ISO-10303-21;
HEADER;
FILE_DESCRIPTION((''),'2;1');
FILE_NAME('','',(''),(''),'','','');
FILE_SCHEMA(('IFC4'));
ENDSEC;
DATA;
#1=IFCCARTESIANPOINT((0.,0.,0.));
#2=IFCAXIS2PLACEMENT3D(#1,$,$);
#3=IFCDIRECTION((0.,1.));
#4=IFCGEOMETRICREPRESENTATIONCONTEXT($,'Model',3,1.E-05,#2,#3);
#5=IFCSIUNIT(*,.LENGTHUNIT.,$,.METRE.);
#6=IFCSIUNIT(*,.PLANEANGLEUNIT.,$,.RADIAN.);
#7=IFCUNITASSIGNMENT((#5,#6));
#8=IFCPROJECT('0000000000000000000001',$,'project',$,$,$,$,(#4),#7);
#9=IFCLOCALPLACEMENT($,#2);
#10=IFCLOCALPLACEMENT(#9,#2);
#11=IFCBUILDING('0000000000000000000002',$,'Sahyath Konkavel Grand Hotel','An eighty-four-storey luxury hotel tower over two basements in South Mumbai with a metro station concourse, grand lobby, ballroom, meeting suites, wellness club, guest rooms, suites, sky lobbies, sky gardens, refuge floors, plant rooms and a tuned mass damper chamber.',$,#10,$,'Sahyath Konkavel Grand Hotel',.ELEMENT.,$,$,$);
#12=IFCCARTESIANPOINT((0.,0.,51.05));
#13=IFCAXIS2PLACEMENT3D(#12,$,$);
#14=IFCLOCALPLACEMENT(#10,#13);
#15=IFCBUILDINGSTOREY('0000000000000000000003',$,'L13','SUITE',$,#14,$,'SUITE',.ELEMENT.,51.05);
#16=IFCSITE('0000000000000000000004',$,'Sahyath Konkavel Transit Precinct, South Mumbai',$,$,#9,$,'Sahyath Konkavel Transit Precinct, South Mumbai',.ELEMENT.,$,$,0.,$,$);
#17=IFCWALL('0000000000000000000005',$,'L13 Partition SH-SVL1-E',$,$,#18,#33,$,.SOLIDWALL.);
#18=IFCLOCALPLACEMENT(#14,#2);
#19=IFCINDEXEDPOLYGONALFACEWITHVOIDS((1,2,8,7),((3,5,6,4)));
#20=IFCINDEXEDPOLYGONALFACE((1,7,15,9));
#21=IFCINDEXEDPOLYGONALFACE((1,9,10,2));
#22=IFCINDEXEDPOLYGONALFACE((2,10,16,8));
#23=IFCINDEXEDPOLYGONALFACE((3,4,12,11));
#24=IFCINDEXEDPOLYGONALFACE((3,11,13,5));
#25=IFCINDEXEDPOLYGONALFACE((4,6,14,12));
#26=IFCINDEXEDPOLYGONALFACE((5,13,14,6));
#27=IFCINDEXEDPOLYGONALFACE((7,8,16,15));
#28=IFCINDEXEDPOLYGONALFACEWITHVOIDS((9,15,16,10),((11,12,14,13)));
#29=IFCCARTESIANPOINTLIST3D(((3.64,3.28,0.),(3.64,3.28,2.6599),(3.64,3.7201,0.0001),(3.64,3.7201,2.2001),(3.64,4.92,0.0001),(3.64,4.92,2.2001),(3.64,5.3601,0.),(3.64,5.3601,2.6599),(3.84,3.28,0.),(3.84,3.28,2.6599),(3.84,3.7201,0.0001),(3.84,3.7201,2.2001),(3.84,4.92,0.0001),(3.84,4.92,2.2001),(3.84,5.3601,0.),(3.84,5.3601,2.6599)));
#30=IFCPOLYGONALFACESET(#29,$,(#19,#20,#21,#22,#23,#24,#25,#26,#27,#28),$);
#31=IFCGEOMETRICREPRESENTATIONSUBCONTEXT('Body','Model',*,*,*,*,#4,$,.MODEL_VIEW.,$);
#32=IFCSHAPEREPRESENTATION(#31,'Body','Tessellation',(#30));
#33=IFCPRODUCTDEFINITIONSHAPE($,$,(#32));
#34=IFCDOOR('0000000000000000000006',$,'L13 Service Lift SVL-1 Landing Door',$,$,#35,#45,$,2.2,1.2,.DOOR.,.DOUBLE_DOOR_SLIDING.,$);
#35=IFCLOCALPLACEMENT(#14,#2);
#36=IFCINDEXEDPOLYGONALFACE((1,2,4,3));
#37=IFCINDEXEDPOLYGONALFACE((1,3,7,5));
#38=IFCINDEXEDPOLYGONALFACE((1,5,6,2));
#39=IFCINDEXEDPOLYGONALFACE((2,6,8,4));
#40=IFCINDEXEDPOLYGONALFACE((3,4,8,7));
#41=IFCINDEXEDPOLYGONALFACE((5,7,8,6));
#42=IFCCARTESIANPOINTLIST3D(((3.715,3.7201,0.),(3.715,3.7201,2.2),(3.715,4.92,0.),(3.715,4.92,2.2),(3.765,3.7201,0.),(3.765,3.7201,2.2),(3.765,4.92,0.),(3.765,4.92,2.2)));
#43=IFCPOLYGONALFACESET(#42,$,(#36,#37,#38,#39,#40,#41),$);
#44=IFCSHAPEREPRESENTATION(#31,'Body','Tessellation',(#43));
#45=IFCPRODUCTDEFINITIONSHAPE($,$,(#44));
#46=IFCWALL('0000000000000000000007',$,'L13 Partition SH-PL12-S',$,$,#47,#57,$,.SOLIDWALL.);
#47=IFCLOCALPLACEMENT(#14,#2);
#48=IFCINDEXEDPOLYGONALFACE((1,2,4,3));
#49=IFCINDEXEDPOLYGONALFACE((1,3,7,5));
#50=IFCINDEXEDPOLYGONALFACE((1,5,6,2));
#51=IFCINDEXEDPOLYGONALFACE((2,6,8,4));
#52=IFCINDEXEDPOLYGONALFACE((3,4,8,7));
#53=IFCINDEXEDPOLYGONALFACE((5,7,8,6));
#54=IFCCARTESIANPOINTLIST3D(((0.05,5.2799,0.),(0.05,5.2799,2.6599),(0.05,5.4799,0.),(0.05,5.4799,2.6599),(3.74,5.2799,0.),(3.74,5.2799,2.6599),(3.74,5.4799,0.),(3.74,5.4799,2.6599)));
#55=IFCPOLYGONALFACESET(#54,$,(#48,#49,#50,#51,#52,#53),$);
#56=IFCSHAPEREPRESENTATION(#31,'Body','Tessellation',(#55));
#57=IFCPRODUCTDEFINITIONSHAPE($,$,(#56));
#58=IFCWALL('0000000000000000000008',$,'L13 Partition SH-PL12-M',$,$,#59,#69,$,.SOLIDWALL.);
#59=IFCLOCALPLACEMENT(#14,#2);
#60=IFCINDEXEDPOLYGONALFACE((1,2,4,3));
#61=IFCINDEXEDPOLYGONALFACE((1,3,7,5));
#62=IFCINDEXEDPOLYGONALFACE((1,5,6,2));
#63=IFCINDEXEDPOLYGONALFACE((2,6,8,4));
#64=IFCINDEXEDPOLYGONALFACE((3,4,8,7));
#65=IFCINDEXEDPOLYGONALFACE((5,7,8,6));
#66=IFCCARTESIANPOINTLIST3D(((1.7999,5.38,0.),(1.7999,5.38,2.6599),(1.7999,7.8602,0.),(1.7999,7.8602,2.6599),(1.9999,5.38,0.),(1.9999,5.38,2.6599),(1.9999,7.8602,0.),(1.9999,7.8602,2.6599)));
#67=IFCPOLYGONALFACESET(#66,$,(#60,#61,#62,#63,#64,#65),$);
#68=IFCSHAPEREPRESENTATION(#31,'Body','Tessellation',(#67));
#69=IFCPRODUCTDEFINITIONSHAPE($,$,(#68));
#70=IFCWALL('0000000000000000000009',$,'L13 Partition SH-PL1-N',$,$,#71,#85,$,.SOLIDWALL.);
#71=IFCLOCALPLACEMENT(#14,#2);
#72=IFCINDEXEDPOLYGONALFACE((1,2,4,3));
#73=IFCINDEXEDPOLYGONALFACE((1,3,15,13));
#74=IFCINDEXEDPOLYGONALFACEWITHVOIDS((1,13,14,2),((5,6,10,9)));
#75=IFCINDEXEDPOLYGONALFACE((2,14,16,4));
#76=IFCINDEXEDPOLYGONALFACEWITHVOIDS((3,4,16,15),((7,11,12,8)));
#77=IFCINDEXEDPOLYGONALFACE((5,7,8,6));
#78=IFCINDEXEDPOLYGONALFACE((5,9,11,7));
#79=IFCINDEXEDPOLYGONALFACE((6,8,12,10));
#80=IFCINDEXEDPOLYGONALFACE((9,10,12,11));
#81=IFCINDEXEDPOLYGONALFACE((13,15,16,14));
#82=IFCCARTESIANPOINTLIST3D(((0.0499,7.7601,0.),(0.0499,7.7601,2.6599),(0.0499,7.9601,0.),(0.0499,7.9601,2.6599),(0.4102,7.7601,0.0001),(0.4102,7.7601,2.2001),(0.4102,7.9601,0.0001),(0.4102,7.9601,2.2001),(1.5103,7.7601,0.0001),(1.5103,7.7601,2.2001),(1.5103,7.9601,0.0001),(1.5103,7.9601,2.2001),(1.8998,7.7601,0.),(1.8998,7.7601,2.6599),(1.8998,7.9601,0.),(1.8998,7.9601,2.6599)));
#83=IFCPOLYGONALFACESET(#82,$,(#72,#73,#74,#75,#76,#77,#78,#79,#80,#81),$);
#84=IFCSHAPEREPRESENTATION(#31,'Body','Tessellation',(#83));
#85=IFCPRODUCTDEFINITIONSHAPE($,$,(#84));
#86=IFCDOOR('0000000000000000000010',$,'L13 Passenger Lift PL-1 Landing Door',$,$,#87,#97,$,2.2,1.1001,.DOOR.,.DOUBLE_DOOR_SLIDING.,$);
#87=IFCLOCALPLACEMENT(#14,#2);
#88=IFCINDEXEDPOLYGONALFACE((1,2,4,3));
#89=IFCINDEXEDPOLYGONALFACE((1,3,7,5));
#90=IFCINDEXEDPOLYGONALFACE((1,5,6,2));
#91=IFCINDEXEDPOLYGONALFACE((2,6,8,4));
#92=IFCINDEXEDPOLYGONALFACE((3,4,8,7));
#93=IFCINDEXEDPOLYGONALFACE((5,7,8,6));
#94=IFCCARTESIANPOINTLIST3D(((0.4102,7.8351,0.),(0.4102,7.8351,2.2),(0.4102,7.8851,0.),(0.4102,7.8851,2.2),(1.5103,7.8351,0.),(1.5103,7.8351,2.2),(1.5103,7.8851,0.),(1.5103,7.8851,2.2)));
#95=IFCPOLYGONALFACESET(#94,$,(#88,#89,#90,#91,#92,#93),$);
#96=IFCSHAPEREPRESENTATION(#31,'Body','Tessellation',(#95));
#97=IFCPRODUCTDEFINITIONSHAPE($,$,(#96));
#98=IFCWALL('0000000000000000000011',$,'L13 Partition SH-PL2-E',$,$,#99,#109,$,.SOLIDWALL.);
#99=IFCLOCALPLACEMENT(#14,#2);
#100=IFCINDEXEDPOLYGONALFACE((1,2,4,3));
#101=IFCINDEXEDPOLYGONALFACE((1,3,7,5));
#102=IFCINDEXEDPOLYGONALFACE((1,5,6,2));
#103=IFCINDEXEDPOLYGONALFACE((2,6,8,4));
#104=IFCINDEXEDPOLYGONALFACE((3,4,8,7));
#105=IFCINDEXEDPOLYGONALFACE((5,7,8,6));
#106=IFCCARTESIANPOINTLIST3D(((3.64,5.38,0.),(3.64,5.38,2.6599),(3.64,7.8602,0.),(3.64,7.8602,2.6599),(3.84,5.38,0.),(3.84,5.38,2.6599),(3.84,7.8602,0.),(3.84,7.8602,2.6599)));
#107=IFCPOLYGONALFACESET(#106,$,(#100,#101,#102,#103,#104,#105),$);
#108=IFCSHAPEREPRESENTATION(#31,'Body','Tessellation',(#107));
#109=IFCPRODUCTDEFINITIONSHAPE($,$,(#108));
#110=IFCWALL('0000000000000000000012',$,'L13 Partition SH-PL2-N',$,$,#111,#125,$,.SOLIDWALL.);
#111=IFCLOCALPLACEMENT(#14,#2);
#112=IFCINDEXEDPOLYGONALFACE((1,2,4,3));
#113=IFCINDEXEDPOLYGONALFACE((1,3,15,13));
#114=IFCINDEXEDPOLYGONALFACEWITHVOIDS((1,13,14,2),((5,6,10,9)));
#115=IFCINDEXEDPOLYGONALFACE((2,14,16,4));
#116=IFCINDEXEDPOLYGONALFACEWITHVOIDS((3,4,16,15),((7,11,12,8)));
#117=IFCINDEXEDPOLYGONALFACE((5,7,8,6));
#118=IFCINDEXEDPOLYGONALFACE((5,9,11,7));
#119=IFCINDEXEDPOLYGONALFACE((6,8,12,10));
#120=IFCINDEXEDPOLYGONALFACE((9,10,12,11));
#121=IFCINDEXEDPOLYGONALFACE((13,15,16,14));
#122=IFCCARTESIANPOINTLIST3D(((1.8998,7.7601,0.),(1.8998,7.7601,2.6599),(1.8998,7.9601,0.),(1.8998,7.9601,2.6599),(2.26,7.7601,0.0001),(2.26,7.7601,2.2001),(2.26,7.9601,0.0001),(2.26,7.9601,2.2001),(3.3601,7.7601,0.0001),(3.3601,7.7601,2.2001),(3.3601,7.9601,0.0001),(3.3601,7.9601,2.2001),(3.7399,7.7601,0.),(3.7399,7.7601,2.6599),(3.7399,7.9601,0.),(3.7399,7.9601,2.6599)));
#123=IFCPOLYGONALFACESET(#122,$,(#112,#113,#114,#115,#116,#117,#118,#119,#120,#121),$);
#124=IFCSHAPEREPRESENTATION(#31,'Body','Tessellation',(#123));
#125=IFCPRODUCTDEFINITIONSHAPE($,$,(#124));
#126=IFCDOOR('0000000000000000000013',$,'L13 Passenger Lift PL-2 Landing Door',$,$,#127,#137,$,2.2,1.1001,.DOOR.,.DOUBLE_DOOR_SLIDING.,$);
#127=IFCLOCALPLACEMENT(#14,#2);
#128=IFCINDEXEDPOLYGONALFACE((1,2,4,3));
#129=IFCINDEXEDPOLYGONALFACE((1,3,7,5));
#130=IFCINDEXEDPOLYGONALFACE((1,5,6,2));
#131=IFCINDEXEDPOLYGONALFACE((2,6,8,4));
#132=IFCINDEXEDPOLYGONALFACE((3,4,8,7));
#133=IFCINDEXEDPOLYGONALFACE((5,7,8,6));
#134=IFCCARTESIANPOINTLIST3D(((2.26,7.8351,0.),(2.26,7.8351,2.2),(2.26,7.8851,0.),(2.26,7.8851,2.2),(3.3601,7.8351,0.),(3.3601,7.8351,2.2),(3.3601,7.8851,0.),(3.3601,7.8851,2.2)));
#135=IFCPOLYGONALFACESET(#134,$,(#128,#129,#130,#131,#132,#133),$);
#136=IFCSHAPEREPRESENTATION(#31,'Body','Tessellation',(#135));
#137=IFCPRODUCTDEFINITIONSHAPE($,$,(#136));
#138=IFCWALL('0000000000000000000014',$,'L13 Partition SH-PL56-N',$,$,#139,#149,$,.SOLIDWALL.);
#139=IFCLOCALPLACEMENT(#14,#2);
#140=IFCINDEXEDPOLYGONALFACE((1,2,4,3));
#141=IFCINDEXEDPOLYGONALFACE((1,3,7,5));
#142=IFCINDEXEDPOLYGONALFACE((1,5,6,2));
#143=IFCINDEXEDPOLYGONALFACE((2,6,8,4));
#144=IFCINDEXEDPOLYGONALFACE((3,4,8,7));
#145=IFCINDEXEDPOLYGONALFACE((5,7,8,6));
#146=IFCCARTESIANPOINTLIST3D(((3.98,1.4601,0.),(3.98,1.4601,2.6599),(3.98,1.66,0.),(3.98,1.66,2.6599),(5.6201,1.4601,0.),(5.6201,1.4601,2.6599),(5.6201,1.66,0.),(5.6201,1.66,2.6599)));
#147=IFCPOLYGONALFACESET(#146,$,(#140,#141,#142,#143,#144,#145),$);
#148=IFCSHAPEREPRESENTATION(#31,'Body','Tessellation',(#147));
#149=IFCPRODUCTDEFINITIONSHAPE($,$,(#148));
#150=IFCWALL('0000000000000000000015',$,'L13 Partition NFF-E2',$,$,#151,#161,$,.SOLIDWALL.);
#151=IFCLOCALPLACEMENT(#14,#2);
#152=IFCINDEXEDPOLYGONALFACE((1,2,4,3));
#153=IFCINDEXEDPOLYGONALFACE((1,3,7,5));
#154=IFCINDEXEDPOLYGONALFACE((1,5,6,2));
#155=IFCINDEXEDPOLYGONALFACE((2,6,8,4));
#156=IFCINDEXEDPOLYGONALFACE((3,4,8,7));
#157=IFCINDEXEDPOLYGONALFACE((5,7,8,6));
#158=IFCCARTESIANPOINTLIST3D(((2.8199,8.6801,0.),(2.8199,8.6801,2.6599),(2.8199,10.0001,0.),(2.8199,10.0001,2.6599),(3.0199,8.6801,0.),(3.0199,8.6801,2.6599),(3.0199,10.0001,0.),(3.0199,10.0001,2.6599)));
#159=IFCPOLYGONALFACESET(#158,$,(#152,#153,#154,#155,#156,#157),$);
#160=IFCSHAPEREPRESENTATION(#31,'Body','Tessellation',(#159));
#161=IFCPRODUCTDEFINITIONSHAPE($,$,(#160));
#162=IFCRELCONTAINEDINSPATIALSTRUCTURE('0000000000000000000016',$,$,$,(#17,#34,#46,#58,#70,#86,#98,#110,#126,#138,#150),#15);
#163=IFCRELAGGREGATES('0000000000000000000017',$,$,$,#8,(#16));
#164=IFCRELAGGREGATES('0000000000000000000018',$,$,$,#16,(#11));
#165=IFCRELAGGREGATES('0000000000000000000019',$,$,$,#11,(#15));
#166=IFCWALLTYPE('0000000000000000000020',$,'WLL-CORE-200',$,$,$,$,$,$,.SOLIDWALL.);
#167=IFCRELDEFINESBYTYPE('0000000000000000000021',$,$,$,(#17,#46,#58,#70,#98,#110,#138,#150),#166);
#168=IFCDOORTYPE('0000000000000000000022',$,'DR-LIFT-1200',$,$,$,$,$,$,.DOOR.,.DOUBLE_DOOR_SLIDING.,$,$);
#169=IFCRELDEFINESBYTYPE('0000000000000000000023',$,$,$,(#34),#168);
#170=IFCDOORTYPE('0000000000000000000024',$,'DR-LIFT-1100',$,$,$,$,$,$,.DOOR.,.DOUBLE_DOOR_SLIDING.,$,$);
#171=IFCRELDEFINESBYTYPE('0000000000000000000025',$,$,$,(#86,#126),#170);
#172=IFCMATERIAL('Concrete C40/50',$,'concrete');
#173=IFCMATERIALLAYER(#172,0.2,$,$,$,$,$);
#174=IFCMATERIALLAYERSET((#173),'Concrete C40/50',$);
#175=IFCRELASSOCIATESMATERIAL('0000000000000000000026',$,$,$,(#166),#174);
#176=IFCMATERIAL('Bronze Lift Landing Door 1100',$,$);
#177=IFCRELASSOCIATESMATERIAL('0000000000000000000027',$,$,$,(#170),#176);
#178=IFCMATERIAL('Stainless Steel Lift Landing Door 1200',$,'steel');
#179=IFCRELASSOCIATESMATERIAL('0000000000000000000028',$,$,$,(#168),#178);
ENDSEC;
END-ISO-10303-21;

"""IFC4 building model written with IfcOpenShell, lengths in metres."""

from ifc_helpers import new_model, si_unit, direction, frame, frame_2d, origin, origin_2d, place, context, subcontext, project, spatial, rectangle, extrude, source, transform, mapped, material, layer, layer_set, type_object, element, fill, save


model = new_model("IFC4")

# Units and contexts
model_context = context("Model", 3, precision=1e-05, world=origin(), true_north=direction((0.0, 1.0)))
body_context = subcontext(model_context, "Body", "Model", "MODEL_VIEW")
ifc_project = project(units=[si_unit("LENGTHUNIT", "METRE"), si_unit("PLANEANGLEUNIT", "RADIAN")], contexts=[model_context])

# Site, building, storey
site_placement = place(None, origin())
site = spatial("IfcSite", under=ifc_project, at=site_placement, Name="Sahyath Konkavel Transit Precinct, South Mumbai", LongName="Sahyath Konkavel Transit Precinct, South Mumbai", CompositionType="ELEMENT", RefElevation=0.0)
building_placement = place(site_placement, origin())
building = spatial("IfcBuilding", under=site, at=building_placement, Name="Sahyath Konkavel Grand Hotel", Description="An eighty-four-storey luxury hotel tower over two basements in South Mumbai with a metro station concourse, grand lobby, ballroom, meeting suites, wellness club, guest rooms, suites, sky lobbies, sky gardens, refuge floors, plant rooms and a tuned mass damper chamber.", LongName="Sahyath Konkavel Grand Hotel", CompositionType="ELEMENT")
storey_placement = place(building_placement, frame((0.0, 0.0, 51.05)))
storey = spatial("IfcBuildingStorey", under=building, at=storey_placement, Name="L13", Description="SUITE", LongName="SUITE", CompositionType="ELEMENT", Elevation=51.05)

# Shared definitions
ifc_material_1 = material(Name="Concrete C40/50", Category="concrete")
ifc_layer_1 = layer(ifc_material_1, 0.2)
ifc_layer_set_1 = layer_set([ifc_layer_1], Name="Concrete C40/50")
wall_type_1 = type_object("IfcWallType", Name="WLL-CORE-200", PredefinedType="SOLIDWALL", material=ifc_layer_set_1)

# Shared definitions
ifc_material_2 = material(Name="Bronze Lift Landing Door 1100")
door_type_1 = type_object("IfcDoorType", Name="DR-LIFT-1100", OperationType="DOUBLE_DOOR_SLIDING", PredefinedType="DOOR", material=ifc_material_2)
shared_shape_1 = source(origin(), body_context, "Body", "SweptSolid", [
    extrude(rectangle(XDim=1.1001, YDim=0.05, at=origin_2d()), origin(), (0.0, 0.0, 1.0), 2.2),
])

# Wall, opening, door
wall_1_placement = place(storey_placement, frame((3.74, 3.28, 0.0), z_axis=(0.0, 0.0, 1.0), x_axis=(0.0, 1.0, 0.0)))
wall_1 = element("IfcWall", 1, at=wall_1_placement, inside=storey, type_object=wall_type_1, Name="L13 Partition SH-SVL1-E", PredefinedType="SOLIDWALL", context=body_context, shape_type="SweptSolid", body=[
    extrude(rectangle(XDim=2.0801, YDim=0.2, at=frame_2d((1.04, 0.0))), origin(), (0.0, 0.0, 1.0), 2.6599),
])
opening_1_placement = place(wall_1_placement, frame((0.4399, 0.0, 0.0)))
opening_1 = element("IfcOpeningElement", 2, at=opening_1_placement, cuts=wall_1, PredefinedType="OPENING", context=body_context, shape_type="SweptSolid", body=[
    extrude(rectangle(XDim=1.2, YDim=2.2, at=frame_2d((0.6001, 1.1001))), frame((0.0, 0.1099, 0.0), z_axis=(0.0, -1.0, 0.0), x_axis=(1.0, 0.0, 0.0)), (0.0, 0.0, 1.0), 0.22),
])
ifc_material_3 = material(Name="Stainless Steel Lift Landing Door 1200", Category="steel")
door_type_2 = type_object("IfcDoorType", Name="DR-LIFT-1200", OperationType="DOUBLE_DOOR_SLIDING", PredefinedType="DOOR", material=ifc_material_3)
shared_shape_2 = source(origin(), body_context, "Body", "SweptSolid", [
    extrude(rectangle(XDim=1.2, YDim=0.05, at=origin_2d()), origin(), (0.0, 0.0, 1.0), 2.2),
])
door_1_placement = place(opening_1_placement, frame((0.6001, 0.0, 0.0)))
door_1 = element("IfcDoor", 3, at=door_1_placement, inside=storey, type_object=door_type_2, Name="L13 Service Lift SVL-1 Landing Door", OperationType="DOUBLE_DOOR_SLIDING", OverallHeight=2.2, OverallWidth=1.2, PredefinedType="DOOR", context=body_context, shape_type="MappedRepresentation", body=[
    mapped(shared_shape_2, transform((0.0, 0.0, 0.0), scale=1.0)),
])
fill(opening_1, door_1)

# Walls
wall_2_placement = place(storey_placement, frame((0.05, 5.3799, 0.0), z_axis=(0.0, 0.0, 1.0), x_axis=(1.0, 0.0, 0.0)))
element("IfcWall", 4, at=wall_2_placement, inside=storey, type_object=wall_type_1, Name="L13 Partition SH-PL12-S", PredefinedType="SOLIDWALL", context=body_context, shape_type="SweptSolid", body=[
    extrude(rectangle(XDim=3.6899, YDim=0.2, at=frame_2d((1.845, 0.0))), origin(), (0.0, 0.0, 1.0), 2.6599),
])
wall_3_placement = place(storey_placement, frame((1.8999, 5.3799, 0.0), z_axis=(0.0, 0.0, 1.0), x_axis=(0.0, 1.0, 0.0)))
element("IfcWall", 5, at=wall_3_placement, inside=storey, type_object=wall_type_1, Name="L13 Partition SH-PL12-M", PredefinedType="SOLIDWALL", context=body_context, shape_type="SweptSolid", body=[
    extrude(rectangle(XDim=2.4802, YDim=0.2, at=frame_2d((1.2402, 0.0))), origin(), (0.0, 0.0, 1.0), 2.6599),
])

# Wall, opening, door
wall_4_placement = place(storey_placement, frame((0.05, 7.8601, 0.0), z_axis=(0.0, 0.0, 1.0), x_axis=(1.0, 0.0, 0.0)))
wall_4 = element("IfcWall", 6, at=wall_4_placement, inside=storey, type_object=wall_type_1, Name="L13 Partition SH-PL1-N", PredefinedType="SOLIDWALL", context=body_context, shape_type="SweptSolid", body=[
    extrude(rectangle(XDim=1.8499, YDim=0.2, at=frame_2d((0.9248, 0.0))), origin(), (0.0, 0.0, 1.0), 2.6599),
])
opening_2_placement = place(wall_4_placement, frame((0.3601, 0.0, 0.0)))
opening_2 = element("IfcOpeningElement", 7, at=opening_2_placement, cuts=wall_4, PredefinedType="OPENING", context=body_context, shape_type="SweptSolid", body=[
    extrude(rectangle(XDim=1.1001, YDim=2.2, at=frame_2d((0.55, 1.1001))), frame((0.0, 0.1099, 0.0), z_axis=(0.0, -1.0, 0.0), x_axis=(1.0, 0.0, 0.0)), (0.0, 0.0, 1.0), 0.22),
])
door_2_placement = place(opening_2_placement, frame((0.55, 0.0, 0.0)))
door_2 = element("IfcDoor", 8, at=door_2_placement, inside=storey, type_object=door_type_1, Name="L13 Passenger Lift PL-1 Landing Door", OperationType="DOUBLE_DOOR_SLIDING", OverallHeight=2.2, OverallWidth=1.1001, PredefinedType="DOOR", context=body_context, shape_type="MappedRepresentation", body=[
    mapped(shared_shape_1, transform((0.0, 0.0, 0.0), scale=1.0)),
])
fill(opening_2, door_2)

# Wall
wall_5_placement = place(storey_placement, frame((3.74, 5.3799, 0.0), z_axis=(0.0, 0.0, 1.0), x_axis=(0.0, 1.0, 0.0)))
element("IfcWall", 9, at=wall_5_placement, inside=storey, type_object=wall_type_1, Name="L13 Partition SH-PL2-E", PredefinedType="SOLIDWALL", context=body_context, shape_type="SweptSolid", body=[
    extrude(rectangle(XDim=2.4802, YDim=0.2, at=frame_2d((1.2402, 0.0))), origin(), (0.0, 0.0, 1.0), 2.6599),
])

# Wall, opening, door
wall_6_placement = place(storey_placement, frame((1.8999, 7.8601, 0.0), z_axis=(0.0, 0.0, 1.0), x_axis=(1.0, 0.0, 0.0)))
wall_6 = element("IfcWall", 10, at=wall_6_placement, inside=storey, type_object=wall_type_1, Name="L13 Partition SH-PL2-N", PredefinedType="SOLIDWALL", context=body_context, shape_type="SweptSolid", body=[
    extrude(rectangle(XDim=1.8401, YDim=0.2, at=frame_2d((0.9199, 0.0))), origin(), (0.0, 0.0, 1.0), 2.6599),
])
opening_3_placement = place(wall_6_placement, frame((0.3601, 0.0, 0.0)))
opening_3 = element("IfcOpeningElement", 11, at=opening_3_placement, cuts=wall_6, PredefinedType="OPENING", context=body_context, shape_type="SweptSolid", body=[
    extrude(rectangle(XDim=1.1001, YDim=2.2, at=frame_2d((0.55, 1.1001))), frame((0.0, 0.1099, 0.0), z_axis=(0.0, -1.0, 0.0), x_axis=(1.0, 0.0, 0.0)), (0.0, 0.0, 1.0), 0.22),
])
door_3_placement = place(opening_3_placement, frame((0.55, 0.0, 0.0)))
door_3 = element("IfcDoor", 12, at=door_3_placement, inside=storey, type_object=door_type_1, Name="L13 Passenger Lift PL-2 Landing Door", OperationType="DOUBLE_DOOR_SLIDING", OverallHeight=2.2, OverallWidth=1.1001, PredefinedType="DOOR", context=body_context, shape_type="MappedRepresentation", body=[
    mapped(shared_shape_1, transform((0.0, 0.0, 0.0), scale=1.0)),
])
fill(opening_3, door_3)

# Wall
wall_7_placement = place(storey_placement, frame((3.98, 1.5601, 0.0), z_axis=(0.0, 0.0, 1.0), x_axis=(1.0, 0.0, 0.0)))
element("IfcWall", 13, at=wall_7_placement, inside=storey, type_object=wall_type_1, Name="L13 Partition SH-PL56-N", PredefinedType="SOLIDWALL", context=body_context, shape_type="SweptSolid", body=[
    extrude(rectangle(XDim=1.6401, YDim=0.2, at=frame_2d((0.8201, 0.0))), origin(), (0.0, 0.0, 1.0), 2.6599),
])

# Wall
wall_8_placement = place(storey_placement, frame((2.9199, 8.6799, 0.0), z_axis=(0.0, 0.0, 1.0), x_axis=(0.0, 1.0, 0.0)))
element("IfcWall", 14, at=wall_8_placement, inside=storey, type_object=wall_type_1, Name="L13 Partition NFF-E2", PredefinedType="SOLIDWALL", context=body_context, shape_type="SweptSolid", body=[
    extrude(rectangle(XDim=1.3201, YDim=0.2, at=frame_2d((0.6602, 0.0))), origin(), (0.0, 0.0, 1.0), 2.6599),
])

save(model, "model.ifc")
